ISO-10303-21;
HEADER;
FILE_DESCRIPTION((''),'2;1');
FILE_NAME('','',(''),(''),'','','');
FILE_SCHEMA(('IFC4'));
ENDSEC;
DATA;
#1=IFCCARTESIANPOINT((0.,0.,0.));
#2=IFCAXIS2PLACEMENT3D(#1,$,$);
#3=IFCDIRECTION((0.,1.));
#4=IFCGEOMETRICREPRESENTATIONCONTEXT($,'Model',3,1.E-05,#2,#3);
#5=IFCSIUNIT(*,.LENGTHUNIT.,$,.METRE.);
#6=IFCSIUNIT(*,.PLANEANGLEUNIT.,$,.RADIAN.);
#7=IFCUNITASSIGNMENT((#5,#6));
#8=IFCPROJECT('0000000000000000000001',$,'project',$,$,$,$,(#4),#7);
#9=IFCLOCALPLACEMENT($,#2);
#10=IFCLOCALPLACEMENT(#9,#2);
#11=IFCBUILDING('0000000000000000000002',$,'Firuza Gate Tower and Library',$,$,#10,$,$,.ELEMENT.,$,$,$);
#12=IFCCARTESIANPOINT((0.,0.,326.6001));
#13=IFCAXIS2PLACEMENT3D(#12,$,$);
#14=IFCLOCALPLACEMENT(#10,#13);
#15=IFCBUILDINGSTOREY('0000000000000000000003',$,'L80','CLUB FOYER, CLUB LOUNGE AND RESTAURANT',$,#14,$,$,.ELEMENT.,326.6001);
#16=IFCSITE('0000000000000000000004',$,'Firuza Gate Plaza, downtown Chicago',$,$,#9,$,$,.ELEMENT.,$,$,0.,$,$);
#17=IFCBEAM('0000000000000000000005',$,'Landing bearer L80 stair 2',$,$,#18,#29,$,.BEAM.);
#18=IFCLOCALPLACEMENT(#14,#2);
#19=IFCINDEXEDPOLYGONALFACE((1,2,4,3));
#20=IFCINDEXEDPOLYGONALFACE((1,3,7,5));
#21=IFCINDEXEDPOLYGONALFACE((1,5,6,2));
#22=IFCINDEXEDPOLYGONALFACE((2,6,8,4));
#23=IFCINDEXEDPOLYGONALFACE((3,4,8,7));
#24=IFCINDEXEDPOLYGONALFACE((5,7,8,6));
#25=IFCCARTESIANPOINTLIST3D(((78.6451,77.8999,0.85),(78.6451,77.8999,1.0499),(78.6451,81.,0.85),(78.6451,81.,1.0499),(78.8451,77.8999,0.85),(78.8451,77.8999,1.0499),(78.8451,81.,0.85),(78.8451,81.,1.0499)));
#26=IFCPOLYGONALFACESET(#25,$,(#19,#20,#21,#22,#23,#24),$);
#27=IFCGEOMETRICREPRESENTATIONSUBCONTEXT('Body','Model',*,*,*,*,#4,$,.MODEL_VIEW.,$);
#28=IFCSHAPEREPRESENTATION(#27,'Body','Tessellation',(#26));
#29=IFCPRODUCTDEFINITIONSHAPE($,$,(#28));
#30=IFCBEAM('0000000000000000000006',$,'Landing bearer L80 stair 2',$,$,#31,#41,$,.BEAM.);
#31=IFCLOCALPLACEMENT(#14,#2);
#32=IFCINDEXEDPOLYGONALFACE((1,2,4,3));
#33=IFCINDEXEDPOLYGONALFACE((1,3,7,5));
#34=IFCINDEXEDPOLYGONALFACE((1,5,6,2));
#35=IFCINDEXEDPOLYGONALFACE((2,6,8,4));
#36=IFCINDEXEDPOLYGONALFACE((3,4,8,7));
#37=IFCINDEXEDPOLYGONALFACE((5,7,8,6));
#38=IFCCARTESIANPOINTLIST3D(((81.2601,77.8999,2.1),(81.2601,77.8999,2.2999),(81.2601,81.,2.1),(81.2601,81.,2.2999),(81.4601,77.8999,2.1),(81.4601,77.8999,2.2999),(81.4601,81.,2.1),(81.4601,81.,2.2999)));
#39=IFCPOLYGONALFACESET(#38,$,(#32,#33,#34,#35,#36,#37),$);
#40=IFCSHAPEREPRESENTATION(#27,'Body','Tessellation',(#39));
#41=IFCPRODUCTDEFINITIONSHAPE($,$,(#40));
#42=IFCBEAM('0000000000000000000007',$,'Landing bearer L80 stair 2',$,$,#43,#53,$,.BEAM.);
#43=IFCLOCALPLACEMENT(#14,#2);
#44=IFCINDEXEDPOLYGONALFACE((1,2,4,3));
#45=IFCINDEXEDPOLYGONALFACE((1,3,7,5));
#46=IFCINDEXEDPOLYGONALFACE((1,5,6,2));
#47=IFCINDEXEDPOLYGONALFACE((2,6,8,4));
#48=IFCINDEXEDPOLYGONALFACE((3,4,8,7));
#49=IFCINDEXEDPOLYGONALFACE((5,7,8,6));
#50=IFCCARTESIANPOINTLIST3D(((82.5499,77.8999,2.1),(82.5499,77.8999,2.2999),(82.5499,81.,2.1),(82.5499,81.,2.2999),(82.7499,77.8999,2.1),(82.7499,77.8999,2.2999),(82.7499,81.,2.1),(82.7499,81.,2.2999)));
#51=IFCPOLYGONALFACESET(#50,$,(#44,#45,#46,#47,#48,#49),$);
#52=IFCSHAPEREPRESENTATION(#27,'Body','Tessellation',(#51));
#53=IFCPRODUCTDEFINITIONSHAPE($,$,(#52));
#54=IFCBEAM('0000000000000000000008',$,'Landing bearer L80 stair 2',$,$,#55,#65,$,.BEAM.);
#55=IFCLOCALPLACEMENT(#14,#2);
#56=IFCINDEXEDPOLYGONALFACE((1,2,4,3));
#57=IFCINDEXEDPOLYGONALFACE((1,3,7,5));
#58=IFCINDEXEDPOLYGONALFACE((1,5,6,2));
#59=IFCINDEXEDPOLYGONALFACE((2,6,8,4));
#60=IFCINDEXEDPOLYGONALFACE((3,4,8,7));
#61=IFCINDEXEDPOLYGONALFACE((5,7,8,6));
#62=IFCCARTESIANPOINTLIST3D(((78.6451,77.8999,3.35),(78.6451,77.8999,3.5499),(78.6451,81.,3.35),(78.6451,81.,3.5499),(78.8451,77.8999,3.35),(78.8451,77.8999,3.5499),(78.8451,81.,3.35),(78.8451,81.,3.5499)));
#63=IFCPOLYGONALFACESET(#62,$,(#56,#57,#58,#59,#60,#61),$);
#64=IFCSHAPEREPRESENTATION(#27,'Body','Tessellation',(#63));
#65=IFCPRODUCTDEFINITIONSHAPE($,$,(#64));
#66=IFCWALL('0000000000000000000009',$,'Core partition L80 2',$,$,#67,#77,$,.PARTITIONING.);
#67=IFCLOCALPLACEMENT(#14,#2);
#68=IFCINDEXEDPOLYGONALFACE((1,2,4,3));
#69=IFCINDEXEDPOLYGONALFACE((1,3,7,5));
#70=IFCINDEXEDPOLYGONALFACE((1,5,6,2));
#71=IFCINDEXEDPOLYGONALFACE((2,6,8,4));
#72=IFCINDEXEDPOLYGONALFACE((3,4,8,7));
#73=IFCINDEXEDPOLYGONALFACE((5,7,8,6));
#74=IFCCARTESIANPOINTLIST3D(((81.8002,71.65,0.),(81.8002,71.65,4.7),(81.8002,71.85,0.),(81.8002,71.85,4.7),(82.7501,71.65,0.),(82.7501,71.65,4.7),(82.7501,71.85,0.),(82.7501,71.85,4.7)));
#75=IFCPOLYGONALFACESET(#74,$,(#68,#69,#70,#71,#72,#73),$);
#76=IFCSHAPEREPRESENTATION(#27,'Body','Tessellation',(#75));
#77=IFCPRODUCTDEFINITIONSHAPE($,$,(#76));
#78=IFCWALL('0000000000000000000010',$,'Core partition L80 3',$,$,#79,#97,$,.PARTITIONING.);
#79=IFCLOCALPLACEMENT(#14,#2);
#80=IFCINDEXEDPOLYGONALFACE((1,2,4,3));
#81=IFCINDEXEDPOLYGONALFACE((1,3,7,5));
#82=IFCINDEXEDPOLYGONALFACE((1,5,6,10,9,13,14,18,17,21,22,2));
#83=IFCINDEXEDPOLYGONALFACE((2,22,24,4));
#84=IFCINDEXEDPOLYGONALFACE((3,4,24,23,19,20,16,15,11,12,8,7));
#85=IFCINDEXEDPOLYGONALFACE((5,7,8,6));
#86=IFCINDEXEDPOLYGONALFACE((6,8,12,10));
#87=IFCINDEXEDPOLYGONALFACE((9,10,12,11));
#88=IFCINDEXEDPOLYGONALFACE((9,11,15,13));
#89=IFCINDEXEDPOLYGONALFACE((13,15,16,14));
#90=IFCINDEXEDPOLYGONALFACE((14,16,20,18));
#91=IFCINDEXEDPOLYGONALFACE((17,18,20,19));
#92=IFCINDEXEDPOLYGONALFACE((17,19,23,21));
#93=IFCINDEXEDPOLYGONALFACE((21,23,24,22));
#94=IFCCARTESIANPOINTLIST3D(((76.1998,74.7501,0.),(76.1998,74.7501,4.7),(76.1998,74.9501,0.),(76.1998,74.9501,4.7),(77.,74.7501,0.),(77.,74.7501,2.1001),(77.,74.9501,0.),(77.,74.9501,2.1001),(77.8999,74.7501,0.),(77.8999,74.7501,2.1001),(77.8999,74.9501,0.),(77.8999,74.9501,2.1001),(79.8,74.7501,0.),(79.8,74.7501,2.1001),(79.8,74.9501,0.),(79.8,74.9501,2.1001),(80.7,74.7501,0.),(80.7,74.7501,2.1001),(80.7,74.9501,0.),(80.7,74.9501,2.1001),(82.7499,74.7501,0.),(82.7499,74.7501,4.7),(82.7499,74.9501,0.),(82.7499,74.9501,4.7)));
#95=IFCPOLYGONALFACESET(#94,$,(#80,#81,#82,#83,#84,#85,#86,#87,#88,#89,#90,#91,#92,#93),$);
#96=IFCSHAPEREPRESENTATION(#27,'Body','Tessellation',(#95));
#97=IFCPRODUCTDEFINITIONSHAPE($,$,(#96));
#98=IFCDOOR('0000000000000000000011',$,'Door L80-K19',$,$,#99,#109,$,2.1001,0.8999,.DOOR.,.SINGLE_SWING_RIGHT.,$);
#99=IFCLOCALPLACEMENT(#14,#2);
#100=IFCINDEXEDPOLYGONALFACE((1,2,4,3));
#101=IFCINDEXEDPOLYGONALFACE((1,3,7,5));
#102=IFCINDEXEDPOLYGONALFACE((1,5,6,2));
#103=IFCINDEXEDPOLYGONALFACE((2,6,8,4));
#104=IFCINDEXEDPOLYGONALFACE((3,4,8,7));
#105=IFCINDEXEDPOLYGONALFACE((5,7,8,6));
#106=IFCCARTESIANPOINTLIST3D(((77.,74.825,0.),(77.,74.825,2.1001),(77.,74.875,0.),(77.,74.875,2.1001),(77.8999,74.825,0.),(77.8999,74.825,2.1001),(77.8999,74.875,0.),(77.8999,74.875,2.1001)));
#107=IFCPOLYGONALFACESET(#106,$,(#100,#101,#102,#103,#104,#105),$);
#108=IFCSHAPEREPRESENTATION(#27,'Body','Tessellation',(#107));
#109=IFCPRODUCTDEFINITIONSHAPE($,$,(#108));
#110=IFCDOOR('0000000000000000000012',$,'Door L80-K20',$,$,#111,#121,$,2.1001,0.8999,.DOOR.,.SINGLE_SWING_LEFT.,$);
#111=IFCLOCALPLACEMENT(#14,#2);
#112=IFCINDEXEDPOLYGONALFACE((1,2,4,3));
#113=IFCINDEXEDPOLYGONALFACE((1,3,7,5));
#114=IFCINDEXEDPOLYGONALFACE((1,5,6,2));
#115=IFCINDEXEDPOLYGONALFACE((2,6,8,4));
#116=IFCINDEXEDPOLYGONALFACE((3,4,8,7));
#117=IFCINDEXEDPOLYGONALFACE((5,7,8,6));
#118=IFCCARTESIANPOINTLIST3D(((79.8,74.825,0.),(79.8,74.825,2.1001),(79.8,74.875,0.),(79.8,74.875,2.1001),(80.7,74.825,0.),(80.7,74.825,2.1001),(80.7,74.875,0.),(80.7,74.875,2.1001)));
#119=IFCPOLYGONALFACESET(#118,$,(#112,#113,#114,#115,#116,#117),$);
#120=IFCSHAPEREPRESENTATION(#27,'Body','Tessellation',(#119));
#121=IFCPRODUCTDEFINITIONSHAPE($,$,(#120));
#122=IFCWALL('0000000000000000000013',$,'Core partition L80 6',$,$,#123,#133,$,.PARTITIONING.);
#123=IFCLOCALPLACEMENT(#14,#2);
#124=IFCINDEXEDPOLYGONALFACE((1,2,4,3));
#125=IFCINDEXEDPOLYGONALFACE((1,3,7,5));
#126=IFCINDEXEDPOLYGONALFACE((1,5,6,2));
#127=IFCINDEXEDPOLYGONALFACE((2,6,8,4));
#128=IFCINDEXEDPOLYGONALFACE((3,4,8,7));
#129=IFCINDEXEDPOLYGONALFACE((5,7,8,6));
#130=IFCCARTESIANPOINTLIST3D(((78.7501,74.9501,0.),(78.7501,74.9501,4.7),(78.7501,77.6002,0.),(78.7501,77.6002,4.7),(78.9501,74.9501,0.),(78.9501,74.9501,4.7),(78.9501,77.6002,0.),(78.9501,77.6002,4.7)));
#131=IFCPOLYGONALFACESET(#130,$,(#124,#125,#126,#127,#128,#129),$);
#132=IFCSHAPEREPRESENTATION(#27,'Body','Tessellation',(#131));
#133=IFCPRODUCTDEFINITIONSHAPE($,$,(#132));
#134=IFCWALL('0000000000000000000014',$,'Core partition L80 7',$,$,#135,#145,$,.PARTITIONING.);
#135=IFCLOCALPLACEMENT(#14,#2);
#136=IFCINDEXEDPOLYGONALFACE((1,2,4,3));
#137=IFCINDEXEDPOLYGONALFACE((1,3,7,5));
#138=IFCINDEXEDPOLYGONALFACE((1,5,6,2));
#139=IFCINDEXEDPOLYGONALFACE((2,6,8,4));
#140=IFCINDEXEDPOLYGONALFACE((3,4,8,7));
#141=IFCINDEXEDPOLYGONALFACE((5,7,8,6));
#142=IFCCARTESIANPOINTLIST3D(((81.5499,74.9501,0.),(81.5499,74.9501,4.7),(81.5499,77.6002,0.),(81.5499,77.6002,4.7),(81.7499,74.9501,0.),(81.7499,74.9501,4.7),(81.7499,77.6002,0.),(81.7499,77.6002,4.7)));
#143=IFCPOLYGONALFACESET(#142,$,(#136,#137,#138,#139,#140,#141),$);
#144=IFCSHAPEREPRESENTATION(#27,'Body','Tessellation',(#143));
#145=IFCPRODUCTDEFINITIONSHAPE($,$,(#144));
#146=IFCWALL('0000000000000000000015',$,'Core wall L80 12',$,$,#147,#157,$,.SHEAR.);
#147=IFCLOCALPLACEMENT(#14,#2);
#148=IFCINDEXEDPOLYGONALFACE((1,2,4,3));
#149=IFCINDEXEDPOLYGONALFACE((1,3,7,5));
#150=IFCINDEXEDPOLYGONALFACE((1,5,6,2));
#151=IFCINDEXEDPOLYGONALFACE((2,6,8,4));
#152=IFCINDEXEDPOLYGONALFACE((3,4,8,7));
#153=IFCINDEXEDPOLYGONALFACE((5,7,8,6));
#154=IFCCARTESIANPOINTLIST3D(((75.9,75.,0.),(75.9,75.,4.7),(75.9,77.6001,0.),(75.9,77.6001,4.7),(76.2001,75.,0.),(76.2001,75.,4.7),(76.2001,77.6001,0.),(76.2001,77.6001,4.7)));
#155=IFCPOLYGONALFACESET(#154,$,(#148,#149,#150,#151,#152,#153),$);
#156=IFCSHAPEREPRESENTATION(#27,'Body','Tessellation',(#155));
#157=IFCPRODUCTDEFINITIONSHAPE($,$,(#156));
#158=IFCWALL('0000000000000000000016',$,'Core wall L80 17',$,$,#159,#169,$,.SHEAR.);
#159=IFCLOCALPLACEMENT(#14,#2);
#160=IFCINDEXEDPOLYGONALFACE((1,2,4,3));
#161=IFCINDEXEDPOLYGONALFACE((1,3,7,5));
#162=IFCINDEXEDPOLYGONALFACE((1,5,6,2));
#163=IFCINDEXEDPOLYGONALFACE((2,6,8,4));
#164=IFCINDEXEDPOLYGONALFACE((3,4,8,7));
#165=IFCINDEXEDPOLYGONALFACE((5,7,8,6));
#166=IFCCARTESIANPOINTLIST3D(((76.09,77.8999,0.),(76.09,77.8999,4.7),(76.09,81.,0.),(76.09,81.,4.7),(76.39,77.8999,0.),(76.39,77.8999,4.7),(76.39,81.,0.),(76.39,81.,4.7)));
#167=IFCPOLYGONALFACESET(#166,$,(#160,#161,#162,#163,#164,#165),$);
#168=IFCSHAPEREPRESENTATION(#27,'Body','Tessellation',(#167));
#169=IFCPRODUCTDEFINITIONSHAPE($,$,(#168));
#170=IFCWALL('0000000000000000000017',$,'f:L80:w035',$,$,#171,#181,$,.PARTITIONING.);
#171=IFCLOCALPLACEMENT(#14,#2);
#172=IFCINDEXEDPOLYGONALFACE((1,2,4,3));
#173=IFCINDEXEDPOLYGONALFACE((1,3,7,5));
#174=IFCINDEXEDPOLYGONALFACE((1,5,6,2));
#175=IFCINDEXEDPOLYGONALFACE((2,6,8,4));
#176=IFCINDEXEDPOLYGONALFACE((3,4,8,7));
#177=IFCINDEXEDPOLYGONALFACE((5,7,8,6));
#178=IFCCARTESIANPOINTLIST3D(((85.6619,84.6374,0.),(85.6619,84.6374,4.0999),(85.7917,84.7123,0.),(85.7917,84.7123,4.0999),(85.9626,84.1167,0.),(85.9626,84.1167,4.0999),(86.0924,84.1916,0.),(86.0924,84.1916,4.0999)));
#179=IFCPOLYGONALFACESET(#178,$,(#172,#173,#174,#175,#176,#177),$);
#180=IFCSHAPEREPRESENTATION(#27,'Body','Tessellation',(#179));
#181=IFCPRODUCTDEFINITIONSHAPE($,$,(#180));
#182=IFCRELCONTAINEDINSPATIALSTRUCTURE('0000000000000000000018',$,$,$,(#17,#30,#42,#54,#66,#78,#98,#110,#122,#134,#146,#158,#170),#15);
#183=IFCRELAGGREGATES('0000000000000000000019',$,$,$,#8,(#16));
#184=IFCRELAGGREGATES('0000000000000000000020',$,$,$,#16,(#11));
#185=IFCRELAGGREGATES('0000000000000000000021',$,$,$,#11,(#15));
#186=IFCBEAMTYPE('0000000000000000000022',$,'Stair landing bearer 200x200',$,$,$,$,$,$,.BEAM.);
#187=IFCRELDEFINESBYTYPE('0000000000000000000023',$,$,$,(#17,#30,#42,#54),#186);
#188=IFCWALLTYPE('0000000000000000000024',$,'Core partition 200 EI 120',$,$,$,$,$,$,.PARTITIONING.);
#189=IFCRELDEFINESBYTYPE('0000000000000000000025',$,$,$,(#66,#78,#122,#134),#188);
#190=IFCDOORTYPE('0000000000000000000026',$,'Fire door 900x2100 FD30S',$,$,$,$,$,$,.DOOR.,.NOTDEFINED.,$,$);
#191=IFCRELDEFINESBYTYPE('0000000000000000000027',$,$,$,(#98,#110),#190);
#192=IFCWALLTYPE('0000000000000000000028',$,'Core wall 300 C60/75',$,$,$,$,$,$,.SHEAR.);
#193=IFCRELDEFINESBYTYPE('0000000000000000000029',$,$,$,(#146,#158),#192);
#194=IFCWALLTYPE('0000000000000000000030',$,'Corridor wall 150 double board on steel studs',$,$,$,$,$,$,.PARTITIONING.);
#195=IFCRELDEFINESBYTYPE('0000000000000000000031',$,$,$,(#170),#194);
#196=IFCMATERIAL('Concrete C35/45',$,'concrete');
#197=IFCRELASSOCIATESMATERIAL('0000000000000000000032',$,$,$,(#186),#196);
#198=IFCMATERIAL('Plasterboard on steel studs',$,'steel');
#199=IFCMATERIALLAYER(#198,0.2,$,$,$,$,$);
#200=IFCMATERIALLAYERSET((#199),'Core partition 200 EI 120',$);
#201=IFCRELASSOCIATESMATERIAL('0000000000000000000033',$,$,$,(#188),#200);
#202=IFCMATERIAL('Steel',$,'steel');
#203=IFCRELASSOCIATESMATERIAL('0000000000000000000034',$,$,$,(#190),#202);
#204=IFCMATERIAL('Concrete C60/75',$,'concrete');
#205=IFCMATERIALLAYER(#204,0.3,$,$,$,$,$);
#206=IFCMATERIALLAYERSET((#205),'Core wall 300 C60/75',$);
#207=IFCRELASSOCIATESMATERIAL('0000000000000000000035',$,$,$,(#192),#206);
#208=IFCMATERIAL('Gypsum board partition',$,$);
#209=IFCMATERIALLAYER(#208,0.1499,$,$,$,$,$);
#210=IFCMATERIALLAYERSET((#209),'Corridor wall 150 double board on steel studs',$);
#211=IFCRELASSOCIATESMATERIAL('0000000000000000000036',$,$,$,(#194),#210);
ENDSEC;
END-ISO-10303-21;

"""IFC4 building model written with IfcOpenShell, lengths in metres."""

from ifc_helpers import new_model, si_unit, direction, frame, frame_2d, origin, origin_2d, place, context, subcontext, project, spatial, rectangle, extrude, material, layer, layer_set, material_profile, profile_set, type_object, element, fill, save


model = new_model("IFC4")

# Units and contexts
model_context = context("Model", 3, precision=1e-05, world=origin(), true_north=direction((0.0, 1.0)))
body_context = subcontext(model_context, "Body", "Model", "MODEL_VIEW")
ifc_project = project(units=[si_unit("LENGTHUNIT", "METRE"), si_unit("PLANEANGLEUNIT", "RADIAN")], contexts=[model_context])

# Site, building, storey
site_placement = place(None, origin())
site = spatial("IfcSite", under=ifc_project, at=site_placement, Name="Firuza Gate Plaza, downtown Chicago", CompositionType="ELEMENT", RefElevation=0.0)
building_placement = place(site_placement, origin())
building = spatial("IfcBuilding", under=site, at=building_placement, Name="Firuza Gate Tower and Library", CompositionType="ELEMENT")
storey_placement = place(building_placement, frame((0.0, 0.0, 326.6001)))
storey = spatial("IfcBuildingStorey", under=building, at=storey_placement, Name="L80", Description="CLUB FOYER, CLUB LOUNGE AND RESTAURANT", CompositionType="ELEMENT", Elevation=326.6001)

# Beams
ifc_material_1 = material(Name="Concrete C35/45", Category="concrete")
ifc_material_profile = material_profile(ifc_material_1, rectangle(XDim=0.2, YDim=0.2, at=origin_2d()))
ifc_profile_set = profile_set([ifc_material_profile], Name="Concrete C35/45")
beam_type = type_object("IfcBeamType", Name="Stair landing bearer 200x200", PredefinedType="BEAM", material=ifc_profile_set)
for number, where, z_axis, x_axis, name in (
    (1, (78.7451, 81.0, 0.95), (0.0, -1.0, 0.0), (1.0, 0.0, 0.0), "Landing bearer L80 stair 2"),
    (2, (81.3601, 81.0, 2.2), (0.0, -1.0, 0.0), (1.0, 0.0, 0.0), "Landing bearer L80 stair 2"),
    (3, (82.6499, 81.0, 2.2), (0.0, -1.0, 0.0), (1.0, 0.0, 0.0), "Landing bearer L80 stair 2"),
    (4, (78.7451, 81.0, 3.45), (0.0, -1.0, 0.0), (1.0, 0.0, 0.0), "Landing bearer L80 stair 2"),
):
    element("IfcBeam", number, at=place(storey_placement, frame(where, z_axis=z_axis, x_axis=x_axis)), inside=storey, type_object=beam_type, Name=name, PredefinedType="BEAM", context=body_context, shape_type="SweptSolid", body=[
        extrude(rectangle(XDim=0.2, YDim=0.2, at=origin_2d()), origin(), (0.0, 0.0, 1.0), 3.1001),
    ])

# Wall
ifc_material_2 = material(Name="Plasterboard on steel studs", Category="steel")
ifc_layer_1 = layer(ifc_material_2, 0.2)
ifc_layer_set_1 = layer_set([ifc_layer_1], Name="Core partition 200 EI 120")
wall_type_1 = type_object("IfcWallType", Name="Core partition 200 EI 120", PredefinedType="PARTITIONING", material=ifc_layer_set_1)
wall_1_placement = place(storey_placement, frame((81.8, 71.75, 0.0), z_axis=(0.0, 0.0, 1.0), x_axis=(1.0, 0.0, 0.0)))
element("IfcWall", 5, at=wall_1_placement, inside=storey, type_object=wall_type_1, Name="Core partition L80 2", PredefinedType="PARTITIONING", context=body_context, shape_type="SweptSolid", body=[
    extrude(rectangle(XDim=0.95, YDim=0.2, at=frame_2d((0.4751, 0.0))), origin(), (0.0, 0.0, 1.0), 4.7),
])

# Wall, openings, doors
wall_2_placement = place(storey_placement, frame((76.2, 74.8501, 0.0), z_axis=(0.0, 0.0, 1.0), x_axis=(1.0, 0.0, 0.0)))
wall_2 = element("IfcWall", 6, at=wall_2_placement, inside=storey, type_object=wall_type_1, Name="Core partition L80 3", PredefinedType="PARTITIONING", context=body_context, shape_type="SweptSolid", body=[
    extrude(rectangle(XDim=6.55, YDim=0.2, at=frame_2d((3.2749, 0.0))), origin(), (0.0, 0.0, 1.0), 4.7),
])
opening_1_placement = place(wall_2_placement, frame((0.8, 0.0, 0.0)))
opening_1 = element("IfcOpeningElement", 7, at=opening_1_placement, cuts=wall_2, PredefinedType="OPENING", context=body_context, shape_type="SweptSolid", body=[
    extrude(rectangle(XDim=0.8999, YDim=2.1001, at=frame_2d((0.45, 1.05))), frame((0.0, 0.1099, 0.0), z_axis=(0.0, -1.0, 0.0), x_axis=(1.0, 0.0, 0.0)), (0.0, 0.0, 1.0), 0.22),
])
opening_2_placement = place(wall_2_placement, frame((3.6001, 0.0, 0.0)))
opening_2 = element("IfcOpeningElement", 8, at=opening_2_placement, cuts=wall_2, PredefinedType="OPENING", context=body_context, shape_type="SweptSolid", body=[
    extrude(rectangle(XDim=0.8999, YDim=2.1001, at=frame_2d((0.45, 1.05))), frame((0.0, 0.1099, 0.0), z_axis=(0.0, -1.0, 0.0), x_axis=(1.0, 0.0, 0.0)), (0.0, 0.0, 1.0), 0.22),
])
ifc_material_3 = material(Name="Steel", Category="steel")
door_type = type_object("IfcDoorType", Name="Fire door 900x2100 FD30S", OperationType="NOTDEFINED", PredefinedType="DOOR", material=ifc_material_3)
door_1_placement = place(opening_1_placement, origin())
door_1 = element("IfcDoor", 9, at=door_1_placement, inside=storey, type_object=door_type, Name="Door L80-K19", OperationType="SINGLE_SWING_RIGHT", OverallHeight=2.1001, OverallWidth=0.8999, PredefinedType="DOOR", context=body_context, shape_type="SweptSolid", body=[
    extrude(rectangle(XDim=0.8999, YDim=2.1001, at=frame_2d((0.45, 1.05))), frame((0.0, 0.0249, 0.0), z_axis=(0.0, -1.0, 0.0), x_axis=(1.0, 0.0, 0.0)), (0.0, 0.0, 1.0), 0.05),
])
fill(opening_1, door_1)
door_2_placement = place(opening_2_placement, origin())
door_2 = element("IfcDoor", 10, at=door_2_placement, inside=storey, type_object=door_type, Name="Door L80-K20", OperationType="SINGLE_SWING_LEFT", OverallHeight=2.1001, OverallWidth=0.8999, PredefinedType="DOOR", context=body_context, shape_type="SweptSolid", body=[
    extrude(rectangle(XDim=0.8999, YDim=2.1001, at=frame_2d((0.45, 1.05))), frame((0.0, 0.0249, 0.0), z_axis=(0.0, -1.0, 0.0), x_axis=(1.0, 0.0, 0.0)), (0.0, 0.0, 1.0), 0.05),
])
fill(opening_2, door_2)

# Walls
for number, where, z_axis, x_axis, name in (
    (11, (78.8501, 74.95, 0.0), (0.0, 0.0, 1.0), (0.0, 1.0, 0.0), "Core partition L80 6"),
    (12, (81.6499, 74.95, 0.0), (0.0, 0.0, 1.0), (0.0, 1.0, 0.0), "Core partition L80 7"),
):
    element("IfcWall", number, at=place(storey_placement, frame(where, z_axis=z_axis, x_axis=x_axis)), inside=storey, type_object=wall_type_1, Name=name, PredefinedType="PARTITIONING", context=body_context, shape_type="SweptSolid", body=[
        extrude(rectangle(XDim=2.6501, YDim=0.2, at=frame_2d((1.3252, 0.0))), origin(), (0.0, 0.0, 1.0), 4.7),
    ])
ifc_material_4 = material(Name="Concrete C60/75", Category="concrete")
ifc_layer_2 = layer(ifc_material_4, 0.3)
ifc_layer_set_2 = layer_set([ifc_layer_2], Name="Core wall 300 C60/75")
wall_type_2 = type_object("IfcWallType", Name="Core wall 300 C60/75", PredefinedType="SHEAR", material=ifc_layer_set_2)
wall_3_placement = place(storey_placement, frame((76.05, 75.0, 0.0), z_axis=(0.0, 0.0, 1.0), x_axis=(0.0, 1.0, 0.0)))
element("IfcWall", 13, at=wall_3_placement, inside=storey, type_object=wall_type_2, Name="Core wall L80 12", PredefinedType="SHEAR", context=body_context, shape_type="SweptSolid", body=[
    extrude(rectangle(XDim=2.6001, YDim=0.3, at=frame_2d((1.3, 0.0))), origin(), (0.0, 0.0, 1.0), 4.7),
])
wall_4_placement = place(storey_placement, frame((76.24, 77.8999, 0.0), z_axis=(0.0, 0.0, 1.0), x_axis=(0.0, 1.0, 0.0)))
element("IfcWall", 14, at=wall_4_placement, inside=storey, type_object=wall_type_2, Name="Core wall L80 17", PredefinedType="SHEAR", context=body_context, shape_type="SweptSolid", body=[
    extrude(rectangle(XDim=3.1001, YDim=0.3, at=frame_2d((1.55, 0.0))), origin(), (0.0, 0.0, 1.0), 4.7),
])
ifc_material_5 = material(Name="Gypsum board partition")
ifc_layer_3 = layer(ifc_material_5, 0.1499)
ifc_layer_set_3 = layer_set([ifc_layer_3], Name="Corridor wall 150 double board on steel studs")
wall_type_3 = type_object("IfcWallType", Name="Corridor wall 150 double board on steel studs", PredefinedType="PARTITIONING", material=ifc_layer_set_3)
wall_5_placement = place(storey_placement, frame((86.0276, 84.1541, 0.0), z_axis=(0.0, 0.0, 1.0), x_axis=(-0.500156, 0.865935, 0.0)))
element("IfcWall", 15, at=wall_5_placement, inside=storey, type_object=wall_type_3, Name="f:L80:w035", PredefinedType="PARTITIONING", context=body_context, shape_type="SweptSolid", body=[
    extrude(rectangle(XDim=0.6013, YDim=0.1499, at=frame_2d((0.3008, 0.0))), origin(), (0.0, 0.0, 1.0), 4.0999),
])

save(model, "model.ifc")
